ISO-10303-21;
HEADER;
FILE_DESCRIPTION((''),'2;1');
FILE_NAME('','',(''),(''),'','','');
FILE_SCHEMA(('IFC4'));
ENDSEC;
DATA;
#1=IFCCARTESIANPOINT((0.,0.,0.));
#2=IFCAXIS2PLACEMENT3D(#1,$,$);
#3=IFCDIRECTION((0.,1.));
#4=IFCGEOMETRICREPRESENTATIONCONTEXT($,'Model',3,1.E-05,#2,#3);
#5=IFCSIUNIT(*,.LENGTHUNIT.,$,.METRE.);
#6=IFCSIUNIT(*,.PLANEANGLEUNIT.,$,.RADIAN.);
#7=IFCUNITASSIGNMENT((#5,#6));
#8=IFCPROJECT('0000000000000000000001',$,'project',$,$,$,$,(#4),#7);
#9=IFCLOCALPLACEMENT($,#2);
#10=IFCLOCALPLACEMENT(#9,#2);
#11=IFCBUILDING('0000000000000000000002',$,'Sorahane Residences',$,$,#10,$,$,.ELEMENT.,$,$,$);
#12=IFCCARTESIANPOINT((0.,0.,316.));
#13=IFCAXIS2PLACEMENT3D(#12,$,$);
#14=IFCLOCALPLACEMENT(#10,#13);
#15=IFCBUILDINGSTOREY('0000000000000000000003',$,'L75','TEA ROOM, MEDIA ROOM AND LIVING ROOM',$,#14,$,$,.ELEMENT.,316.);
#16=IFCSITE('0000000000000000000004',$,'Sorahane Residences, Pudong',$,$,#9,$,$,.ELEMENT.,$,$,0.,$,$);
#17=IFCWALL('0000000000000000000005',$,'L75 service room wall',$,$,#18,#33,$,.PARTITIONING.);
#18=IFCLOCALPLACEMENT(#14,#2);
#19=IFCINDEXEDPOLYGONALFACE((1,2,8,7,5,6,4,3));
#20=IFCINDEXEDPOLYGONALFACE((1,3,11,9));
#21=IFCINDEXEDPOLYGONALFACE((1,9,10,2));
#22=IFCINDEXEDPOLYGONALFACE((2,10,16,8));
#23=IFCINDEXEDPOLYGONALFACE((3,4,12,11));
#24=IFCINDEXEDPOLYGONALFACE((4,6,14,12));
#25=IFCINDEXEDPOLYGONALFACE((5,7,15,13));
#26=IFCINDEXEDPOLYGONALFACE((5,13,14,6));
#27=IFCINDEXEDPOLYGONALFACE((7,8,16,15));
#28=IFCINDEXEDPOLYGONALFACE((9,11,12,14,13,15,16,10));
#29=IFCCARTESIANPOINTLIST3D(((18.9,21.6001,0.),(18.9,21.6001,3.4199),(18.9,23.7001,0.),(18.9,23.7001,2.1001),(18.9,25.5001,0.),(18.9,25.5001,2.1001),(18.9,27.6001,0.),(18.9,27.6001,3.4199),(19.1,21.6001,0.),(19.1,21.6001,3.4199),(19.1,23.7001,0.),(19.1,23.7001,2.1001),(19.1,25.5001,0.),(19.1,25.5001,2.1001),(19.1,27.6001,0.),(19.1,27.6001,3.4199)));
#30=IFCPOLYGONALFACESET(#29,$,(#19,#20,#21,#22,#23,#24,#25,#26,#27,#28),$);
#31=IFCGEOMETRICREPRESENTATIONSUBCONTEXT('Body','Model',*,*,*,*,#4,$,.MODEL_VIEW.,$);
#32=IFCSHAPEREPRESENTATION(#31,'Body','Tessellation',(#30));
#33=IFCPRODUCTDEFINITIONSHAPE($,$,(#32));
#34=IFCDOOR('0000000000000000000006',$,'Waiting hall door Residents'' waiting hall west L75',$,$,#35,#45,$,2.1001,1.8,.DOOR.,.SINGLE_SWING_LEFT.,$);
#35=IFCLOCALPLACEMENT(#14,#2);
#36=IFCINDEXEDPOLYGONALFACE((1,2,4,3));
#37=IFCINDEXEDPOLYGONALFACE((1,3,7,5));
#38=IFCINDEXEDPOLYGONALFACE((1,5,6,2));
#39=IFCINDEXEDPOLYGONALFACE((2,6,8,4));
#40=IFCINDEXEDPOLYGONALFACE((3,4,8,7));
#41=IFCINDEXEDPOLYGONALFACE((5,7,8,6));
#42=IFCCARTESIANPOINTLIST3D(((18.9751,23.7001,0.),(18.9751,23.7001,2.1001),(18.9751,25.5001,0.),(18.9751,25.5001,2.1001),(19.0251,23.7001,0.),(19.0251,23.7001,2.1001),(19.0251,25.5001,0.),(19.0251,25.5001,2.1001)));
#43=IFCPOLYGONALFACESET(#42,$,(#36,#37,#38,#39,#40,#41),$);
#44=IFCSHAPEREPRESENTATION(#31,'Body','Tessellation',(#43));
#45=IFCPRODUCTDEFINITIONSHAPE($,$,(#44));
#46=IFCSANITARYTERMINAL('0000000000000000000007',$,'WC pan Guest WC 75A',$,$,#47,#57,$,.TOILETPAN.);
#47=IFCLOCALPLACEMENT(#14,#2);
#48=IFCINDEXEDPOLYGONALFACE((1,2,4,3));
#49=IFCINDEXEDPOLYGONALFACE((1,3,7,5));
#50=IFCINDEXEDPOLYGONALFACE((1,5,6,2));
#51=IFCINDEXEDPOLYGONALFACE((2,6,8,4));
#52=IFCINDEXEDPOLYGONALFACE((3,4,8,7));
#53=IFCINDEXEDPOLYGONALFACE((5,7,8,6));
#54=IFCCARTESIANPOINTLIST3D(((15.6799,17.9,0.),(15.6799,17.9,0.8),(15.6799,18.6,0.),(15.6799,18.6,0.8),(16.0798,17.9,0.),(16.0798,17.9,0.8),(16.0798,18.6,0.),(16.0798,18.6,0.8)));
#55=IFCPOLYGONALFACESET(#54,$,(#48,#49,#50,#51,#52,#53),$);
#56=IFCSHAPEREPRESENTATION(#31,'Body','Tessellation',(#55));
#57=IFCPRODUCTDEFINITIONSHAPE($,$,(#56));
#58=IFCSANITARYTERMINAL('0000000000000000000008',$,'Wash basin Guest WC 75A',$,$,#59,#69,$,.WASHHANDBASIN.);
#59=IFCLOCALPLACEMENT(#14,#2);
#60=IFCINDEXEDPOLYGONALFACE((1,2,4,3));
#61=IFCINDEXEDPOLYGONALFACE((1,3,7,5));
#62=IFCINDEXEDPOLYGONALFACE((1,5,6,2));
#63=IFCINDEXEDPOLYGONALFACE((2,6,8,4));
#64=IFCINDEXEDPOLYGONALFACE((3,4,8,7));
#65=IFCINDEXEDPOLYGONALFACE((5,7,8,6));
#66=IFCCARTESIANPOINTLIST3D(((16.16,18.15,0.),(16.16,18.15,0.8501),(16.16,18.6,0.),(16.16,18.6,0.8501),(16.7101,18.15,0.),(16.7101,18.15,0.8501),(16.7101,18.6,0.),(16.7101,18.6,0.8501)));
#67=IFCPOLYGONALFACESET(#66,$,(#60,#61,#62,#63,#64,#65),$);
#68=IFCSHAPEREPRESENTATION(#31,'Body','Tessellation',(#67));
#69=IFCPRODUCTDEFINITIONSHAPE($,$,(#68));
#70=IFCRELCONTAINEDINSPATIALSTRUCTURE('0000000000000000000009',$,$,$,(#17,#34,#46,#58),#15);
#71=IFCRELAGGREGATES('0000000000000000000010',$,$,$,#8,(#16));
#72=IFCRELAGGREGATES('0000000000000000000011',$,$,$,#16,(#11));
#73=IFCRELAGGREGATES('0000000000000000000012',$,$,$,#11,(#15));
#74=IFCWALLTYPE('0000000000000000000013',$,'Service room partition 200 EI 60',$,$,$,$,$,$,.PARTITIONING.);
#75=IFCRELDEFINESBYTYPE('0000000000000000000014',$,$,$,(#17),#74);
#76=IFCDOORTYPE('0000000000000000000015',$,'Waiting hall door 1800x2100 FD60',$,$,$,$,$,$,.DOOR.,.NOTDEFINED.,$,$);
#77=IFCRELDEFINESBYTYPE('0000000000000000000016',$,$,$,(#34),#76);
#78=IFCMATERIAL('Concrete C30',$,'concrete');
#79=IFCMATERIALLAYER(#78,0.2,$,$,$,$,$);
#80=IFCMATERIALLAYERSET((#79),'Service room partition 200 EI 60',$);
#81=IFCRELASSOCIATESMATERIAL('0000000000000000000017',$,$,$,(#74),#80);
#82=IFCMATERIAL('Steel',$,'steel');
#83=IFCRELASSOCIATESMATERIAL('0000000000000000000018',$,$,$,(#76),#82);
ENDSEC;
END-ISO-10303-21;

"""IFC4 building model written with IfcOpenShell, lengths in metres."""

from ifc_helpers import new_model, si_unit, direction, frame, frame_2d, origin, origin_2d, place, context, subcontext, project, spatial, rectangle, extrude, material, layer, layer_set, type_object, element, fill, save


model = new_model("IFC4")

# Units and contexts
model_context = context("Model", 3, precision=1e-05, world=origin(), true_north=direction((0.0, 1.0)))
body_context = subcontext(model_context, "Body", "Model", "MODEL_VIEW")
ifc_project = project(units=[si_unit("LENGTHUNIT", "METRE"), si_unit("PLANEANGLEUNIT", "RADIAN")], contexts=[model_context])

# Site, building, storey
site_placement = place(None, origin())
site = spatial("IfcSite", under=ifc_project, at=site_placement, Name="Sorahane Residences, Pudong", CompositionType="ELEMENT", RefElevation=0.0)
building_placement = place(site_placement, origin())
building = spatial("IfcBuilding", under=site, at=building_placement, Name="Sorahane Residences", CompositionType="ELEMENT")
storey_placement = place(building_placement, frame((0.0, 0.0, 316.0)))
storey = spatial("IfcBuildingStorey", under=building, at=storey_placement, Name="L75", Description="TEA ROOM, MEDIA ROOM AND LIVING ROOM", CompositionType="ELEMENT", Elevation=316.0)

# Wall, opening, door
ifc_material_1 = material(Name="Concrete C30", Category="concrete")
ifc_layer_1 = layer(ifc_material_1, 0.2)
ifc_layer_set_1 = layer_set([ifc_layer_1], Name="Service room partition 200 EI 60")
wall_type_1 = type_object("IfcWallType", Name="Service room partition 200 EI 60", PredefinedType="PARTITIONING", material=ifc_layer_set_1)
wall_1_placement = place(storey_placement, frame((19.0, 21.6001, 0.0), z_axis=(0.0, 0.0, 1.0), x_axis=(0.0, 1.0, 0.0)))
wall_1 = element("IfcWall", 1, at=wall_1_placement, inside=storey, type_object=wall_type_1, Name="L75 service room wall", PredefinedType="PARTITIONING", context=body_context, shape_type="SweptSolid", body=[
    extrude(rectangle(XDim=6.0, YDim=0.2, at=frame_2d((3.0, 0.0))), origin(), (0.0, 0.0, 1.0), 3.4199),
])
opening_1_placement = place(wall_1_placement, frame((2.1001, 0.0, 0.0)))
opening_1 = element("IfcOpeningElement", 2, at=opening_1_placement, cuts=wall_1, PredefinedType="OPENING", context=body_context, shape_type="SweptSolid", body=[
    extrude(rectangle(XDim=1.8, YDim=2.1001, at=frame_2d((0.8999, 1.05))), frame((0.0, 0.1099, 0.0), z_axis=(0.0, -1.0, 0.0), x_axis=(1.0, 0.0, 0.0)), (0.0, 0.0, 1.0), 0.22),
])
ifc_material_2 = material(Name="Steel", Category="steel")
door_type_1 = type_object("IfcDoorType", Name="Waiting hall door 1800x2100 FD60", OperationType="NOTDEFINED", PredefinedType="DOOR", material=ifc_material_2)
door_1_placement = place(opening_1_placement, origin())
door_1 = element("IfcDoor", 3, at=door_1_placement, inside=storey, type_object=door_type_1, Name="Waiting hall door Residents' waiting hall west L75", OperationType="SINGLE_SWING_LEFT", OverallHeight=2.1001, OverallWidth=1.8, PredefinedType="DOOR", context=body_context, shape_type="SweptSolid", body=[
    extrude(rectangle(XDim=1.8, YDim=2.1001, at=frame_2d((0.8999, 1.05))), frame((0.0, 0.0249, 0.0), z_axis=(0.0, -1.0, 0.0), x_axis=(1.0, 0.0, 0.0)), (0.0, 0.0, 1.0), 0.05),
])
fill(opening_1, door_1)

# Sanitary terminals
sanitary_terminal_1_placement = place(storey_placement, frame((15.8799, 18.25, 0.0), z_axis=(0.0, 0.0, 1.0), x_axis=(1.0, 0.0, 0.0)))
element("IfcSanitaryTerminal", 4, at=sanitary_terminal_1_placement, inside=storey, Name="WC pan Guest WC 75A", PredefinedType="TOILETPAN", context=body_context, shape_type="SweptSolid", body=[
    extrude(rectangle(XDim=0.3999, YDim=0.7, at=origin_2d()), origin(), (0.0, 0.0, 1.0), 0.8),
])
sanitary_terminal_2_placement = place(storey_placement, frame((16.4351, 18.375, 0.0), z_axis=(0.0, 0.0, 1.0), x_axis=(1.0, 0.0, 0.0)))
element("IfcSanitaryTerminal", 5, at=sanitary_terminal_2_placement, inside=storey, Name="Wash basin Guest WC 75A", PredefinedType="WASHHANDBASIN", context=body_context, shape_type="SweptSolid", body=[
    extrude(rectangle(XDim=0.55, YDim=0.45, at=origin_2d()), origin(), (0.0, 0.0, 1.0), 0.8501),
])

save(model, "model.ifc")
